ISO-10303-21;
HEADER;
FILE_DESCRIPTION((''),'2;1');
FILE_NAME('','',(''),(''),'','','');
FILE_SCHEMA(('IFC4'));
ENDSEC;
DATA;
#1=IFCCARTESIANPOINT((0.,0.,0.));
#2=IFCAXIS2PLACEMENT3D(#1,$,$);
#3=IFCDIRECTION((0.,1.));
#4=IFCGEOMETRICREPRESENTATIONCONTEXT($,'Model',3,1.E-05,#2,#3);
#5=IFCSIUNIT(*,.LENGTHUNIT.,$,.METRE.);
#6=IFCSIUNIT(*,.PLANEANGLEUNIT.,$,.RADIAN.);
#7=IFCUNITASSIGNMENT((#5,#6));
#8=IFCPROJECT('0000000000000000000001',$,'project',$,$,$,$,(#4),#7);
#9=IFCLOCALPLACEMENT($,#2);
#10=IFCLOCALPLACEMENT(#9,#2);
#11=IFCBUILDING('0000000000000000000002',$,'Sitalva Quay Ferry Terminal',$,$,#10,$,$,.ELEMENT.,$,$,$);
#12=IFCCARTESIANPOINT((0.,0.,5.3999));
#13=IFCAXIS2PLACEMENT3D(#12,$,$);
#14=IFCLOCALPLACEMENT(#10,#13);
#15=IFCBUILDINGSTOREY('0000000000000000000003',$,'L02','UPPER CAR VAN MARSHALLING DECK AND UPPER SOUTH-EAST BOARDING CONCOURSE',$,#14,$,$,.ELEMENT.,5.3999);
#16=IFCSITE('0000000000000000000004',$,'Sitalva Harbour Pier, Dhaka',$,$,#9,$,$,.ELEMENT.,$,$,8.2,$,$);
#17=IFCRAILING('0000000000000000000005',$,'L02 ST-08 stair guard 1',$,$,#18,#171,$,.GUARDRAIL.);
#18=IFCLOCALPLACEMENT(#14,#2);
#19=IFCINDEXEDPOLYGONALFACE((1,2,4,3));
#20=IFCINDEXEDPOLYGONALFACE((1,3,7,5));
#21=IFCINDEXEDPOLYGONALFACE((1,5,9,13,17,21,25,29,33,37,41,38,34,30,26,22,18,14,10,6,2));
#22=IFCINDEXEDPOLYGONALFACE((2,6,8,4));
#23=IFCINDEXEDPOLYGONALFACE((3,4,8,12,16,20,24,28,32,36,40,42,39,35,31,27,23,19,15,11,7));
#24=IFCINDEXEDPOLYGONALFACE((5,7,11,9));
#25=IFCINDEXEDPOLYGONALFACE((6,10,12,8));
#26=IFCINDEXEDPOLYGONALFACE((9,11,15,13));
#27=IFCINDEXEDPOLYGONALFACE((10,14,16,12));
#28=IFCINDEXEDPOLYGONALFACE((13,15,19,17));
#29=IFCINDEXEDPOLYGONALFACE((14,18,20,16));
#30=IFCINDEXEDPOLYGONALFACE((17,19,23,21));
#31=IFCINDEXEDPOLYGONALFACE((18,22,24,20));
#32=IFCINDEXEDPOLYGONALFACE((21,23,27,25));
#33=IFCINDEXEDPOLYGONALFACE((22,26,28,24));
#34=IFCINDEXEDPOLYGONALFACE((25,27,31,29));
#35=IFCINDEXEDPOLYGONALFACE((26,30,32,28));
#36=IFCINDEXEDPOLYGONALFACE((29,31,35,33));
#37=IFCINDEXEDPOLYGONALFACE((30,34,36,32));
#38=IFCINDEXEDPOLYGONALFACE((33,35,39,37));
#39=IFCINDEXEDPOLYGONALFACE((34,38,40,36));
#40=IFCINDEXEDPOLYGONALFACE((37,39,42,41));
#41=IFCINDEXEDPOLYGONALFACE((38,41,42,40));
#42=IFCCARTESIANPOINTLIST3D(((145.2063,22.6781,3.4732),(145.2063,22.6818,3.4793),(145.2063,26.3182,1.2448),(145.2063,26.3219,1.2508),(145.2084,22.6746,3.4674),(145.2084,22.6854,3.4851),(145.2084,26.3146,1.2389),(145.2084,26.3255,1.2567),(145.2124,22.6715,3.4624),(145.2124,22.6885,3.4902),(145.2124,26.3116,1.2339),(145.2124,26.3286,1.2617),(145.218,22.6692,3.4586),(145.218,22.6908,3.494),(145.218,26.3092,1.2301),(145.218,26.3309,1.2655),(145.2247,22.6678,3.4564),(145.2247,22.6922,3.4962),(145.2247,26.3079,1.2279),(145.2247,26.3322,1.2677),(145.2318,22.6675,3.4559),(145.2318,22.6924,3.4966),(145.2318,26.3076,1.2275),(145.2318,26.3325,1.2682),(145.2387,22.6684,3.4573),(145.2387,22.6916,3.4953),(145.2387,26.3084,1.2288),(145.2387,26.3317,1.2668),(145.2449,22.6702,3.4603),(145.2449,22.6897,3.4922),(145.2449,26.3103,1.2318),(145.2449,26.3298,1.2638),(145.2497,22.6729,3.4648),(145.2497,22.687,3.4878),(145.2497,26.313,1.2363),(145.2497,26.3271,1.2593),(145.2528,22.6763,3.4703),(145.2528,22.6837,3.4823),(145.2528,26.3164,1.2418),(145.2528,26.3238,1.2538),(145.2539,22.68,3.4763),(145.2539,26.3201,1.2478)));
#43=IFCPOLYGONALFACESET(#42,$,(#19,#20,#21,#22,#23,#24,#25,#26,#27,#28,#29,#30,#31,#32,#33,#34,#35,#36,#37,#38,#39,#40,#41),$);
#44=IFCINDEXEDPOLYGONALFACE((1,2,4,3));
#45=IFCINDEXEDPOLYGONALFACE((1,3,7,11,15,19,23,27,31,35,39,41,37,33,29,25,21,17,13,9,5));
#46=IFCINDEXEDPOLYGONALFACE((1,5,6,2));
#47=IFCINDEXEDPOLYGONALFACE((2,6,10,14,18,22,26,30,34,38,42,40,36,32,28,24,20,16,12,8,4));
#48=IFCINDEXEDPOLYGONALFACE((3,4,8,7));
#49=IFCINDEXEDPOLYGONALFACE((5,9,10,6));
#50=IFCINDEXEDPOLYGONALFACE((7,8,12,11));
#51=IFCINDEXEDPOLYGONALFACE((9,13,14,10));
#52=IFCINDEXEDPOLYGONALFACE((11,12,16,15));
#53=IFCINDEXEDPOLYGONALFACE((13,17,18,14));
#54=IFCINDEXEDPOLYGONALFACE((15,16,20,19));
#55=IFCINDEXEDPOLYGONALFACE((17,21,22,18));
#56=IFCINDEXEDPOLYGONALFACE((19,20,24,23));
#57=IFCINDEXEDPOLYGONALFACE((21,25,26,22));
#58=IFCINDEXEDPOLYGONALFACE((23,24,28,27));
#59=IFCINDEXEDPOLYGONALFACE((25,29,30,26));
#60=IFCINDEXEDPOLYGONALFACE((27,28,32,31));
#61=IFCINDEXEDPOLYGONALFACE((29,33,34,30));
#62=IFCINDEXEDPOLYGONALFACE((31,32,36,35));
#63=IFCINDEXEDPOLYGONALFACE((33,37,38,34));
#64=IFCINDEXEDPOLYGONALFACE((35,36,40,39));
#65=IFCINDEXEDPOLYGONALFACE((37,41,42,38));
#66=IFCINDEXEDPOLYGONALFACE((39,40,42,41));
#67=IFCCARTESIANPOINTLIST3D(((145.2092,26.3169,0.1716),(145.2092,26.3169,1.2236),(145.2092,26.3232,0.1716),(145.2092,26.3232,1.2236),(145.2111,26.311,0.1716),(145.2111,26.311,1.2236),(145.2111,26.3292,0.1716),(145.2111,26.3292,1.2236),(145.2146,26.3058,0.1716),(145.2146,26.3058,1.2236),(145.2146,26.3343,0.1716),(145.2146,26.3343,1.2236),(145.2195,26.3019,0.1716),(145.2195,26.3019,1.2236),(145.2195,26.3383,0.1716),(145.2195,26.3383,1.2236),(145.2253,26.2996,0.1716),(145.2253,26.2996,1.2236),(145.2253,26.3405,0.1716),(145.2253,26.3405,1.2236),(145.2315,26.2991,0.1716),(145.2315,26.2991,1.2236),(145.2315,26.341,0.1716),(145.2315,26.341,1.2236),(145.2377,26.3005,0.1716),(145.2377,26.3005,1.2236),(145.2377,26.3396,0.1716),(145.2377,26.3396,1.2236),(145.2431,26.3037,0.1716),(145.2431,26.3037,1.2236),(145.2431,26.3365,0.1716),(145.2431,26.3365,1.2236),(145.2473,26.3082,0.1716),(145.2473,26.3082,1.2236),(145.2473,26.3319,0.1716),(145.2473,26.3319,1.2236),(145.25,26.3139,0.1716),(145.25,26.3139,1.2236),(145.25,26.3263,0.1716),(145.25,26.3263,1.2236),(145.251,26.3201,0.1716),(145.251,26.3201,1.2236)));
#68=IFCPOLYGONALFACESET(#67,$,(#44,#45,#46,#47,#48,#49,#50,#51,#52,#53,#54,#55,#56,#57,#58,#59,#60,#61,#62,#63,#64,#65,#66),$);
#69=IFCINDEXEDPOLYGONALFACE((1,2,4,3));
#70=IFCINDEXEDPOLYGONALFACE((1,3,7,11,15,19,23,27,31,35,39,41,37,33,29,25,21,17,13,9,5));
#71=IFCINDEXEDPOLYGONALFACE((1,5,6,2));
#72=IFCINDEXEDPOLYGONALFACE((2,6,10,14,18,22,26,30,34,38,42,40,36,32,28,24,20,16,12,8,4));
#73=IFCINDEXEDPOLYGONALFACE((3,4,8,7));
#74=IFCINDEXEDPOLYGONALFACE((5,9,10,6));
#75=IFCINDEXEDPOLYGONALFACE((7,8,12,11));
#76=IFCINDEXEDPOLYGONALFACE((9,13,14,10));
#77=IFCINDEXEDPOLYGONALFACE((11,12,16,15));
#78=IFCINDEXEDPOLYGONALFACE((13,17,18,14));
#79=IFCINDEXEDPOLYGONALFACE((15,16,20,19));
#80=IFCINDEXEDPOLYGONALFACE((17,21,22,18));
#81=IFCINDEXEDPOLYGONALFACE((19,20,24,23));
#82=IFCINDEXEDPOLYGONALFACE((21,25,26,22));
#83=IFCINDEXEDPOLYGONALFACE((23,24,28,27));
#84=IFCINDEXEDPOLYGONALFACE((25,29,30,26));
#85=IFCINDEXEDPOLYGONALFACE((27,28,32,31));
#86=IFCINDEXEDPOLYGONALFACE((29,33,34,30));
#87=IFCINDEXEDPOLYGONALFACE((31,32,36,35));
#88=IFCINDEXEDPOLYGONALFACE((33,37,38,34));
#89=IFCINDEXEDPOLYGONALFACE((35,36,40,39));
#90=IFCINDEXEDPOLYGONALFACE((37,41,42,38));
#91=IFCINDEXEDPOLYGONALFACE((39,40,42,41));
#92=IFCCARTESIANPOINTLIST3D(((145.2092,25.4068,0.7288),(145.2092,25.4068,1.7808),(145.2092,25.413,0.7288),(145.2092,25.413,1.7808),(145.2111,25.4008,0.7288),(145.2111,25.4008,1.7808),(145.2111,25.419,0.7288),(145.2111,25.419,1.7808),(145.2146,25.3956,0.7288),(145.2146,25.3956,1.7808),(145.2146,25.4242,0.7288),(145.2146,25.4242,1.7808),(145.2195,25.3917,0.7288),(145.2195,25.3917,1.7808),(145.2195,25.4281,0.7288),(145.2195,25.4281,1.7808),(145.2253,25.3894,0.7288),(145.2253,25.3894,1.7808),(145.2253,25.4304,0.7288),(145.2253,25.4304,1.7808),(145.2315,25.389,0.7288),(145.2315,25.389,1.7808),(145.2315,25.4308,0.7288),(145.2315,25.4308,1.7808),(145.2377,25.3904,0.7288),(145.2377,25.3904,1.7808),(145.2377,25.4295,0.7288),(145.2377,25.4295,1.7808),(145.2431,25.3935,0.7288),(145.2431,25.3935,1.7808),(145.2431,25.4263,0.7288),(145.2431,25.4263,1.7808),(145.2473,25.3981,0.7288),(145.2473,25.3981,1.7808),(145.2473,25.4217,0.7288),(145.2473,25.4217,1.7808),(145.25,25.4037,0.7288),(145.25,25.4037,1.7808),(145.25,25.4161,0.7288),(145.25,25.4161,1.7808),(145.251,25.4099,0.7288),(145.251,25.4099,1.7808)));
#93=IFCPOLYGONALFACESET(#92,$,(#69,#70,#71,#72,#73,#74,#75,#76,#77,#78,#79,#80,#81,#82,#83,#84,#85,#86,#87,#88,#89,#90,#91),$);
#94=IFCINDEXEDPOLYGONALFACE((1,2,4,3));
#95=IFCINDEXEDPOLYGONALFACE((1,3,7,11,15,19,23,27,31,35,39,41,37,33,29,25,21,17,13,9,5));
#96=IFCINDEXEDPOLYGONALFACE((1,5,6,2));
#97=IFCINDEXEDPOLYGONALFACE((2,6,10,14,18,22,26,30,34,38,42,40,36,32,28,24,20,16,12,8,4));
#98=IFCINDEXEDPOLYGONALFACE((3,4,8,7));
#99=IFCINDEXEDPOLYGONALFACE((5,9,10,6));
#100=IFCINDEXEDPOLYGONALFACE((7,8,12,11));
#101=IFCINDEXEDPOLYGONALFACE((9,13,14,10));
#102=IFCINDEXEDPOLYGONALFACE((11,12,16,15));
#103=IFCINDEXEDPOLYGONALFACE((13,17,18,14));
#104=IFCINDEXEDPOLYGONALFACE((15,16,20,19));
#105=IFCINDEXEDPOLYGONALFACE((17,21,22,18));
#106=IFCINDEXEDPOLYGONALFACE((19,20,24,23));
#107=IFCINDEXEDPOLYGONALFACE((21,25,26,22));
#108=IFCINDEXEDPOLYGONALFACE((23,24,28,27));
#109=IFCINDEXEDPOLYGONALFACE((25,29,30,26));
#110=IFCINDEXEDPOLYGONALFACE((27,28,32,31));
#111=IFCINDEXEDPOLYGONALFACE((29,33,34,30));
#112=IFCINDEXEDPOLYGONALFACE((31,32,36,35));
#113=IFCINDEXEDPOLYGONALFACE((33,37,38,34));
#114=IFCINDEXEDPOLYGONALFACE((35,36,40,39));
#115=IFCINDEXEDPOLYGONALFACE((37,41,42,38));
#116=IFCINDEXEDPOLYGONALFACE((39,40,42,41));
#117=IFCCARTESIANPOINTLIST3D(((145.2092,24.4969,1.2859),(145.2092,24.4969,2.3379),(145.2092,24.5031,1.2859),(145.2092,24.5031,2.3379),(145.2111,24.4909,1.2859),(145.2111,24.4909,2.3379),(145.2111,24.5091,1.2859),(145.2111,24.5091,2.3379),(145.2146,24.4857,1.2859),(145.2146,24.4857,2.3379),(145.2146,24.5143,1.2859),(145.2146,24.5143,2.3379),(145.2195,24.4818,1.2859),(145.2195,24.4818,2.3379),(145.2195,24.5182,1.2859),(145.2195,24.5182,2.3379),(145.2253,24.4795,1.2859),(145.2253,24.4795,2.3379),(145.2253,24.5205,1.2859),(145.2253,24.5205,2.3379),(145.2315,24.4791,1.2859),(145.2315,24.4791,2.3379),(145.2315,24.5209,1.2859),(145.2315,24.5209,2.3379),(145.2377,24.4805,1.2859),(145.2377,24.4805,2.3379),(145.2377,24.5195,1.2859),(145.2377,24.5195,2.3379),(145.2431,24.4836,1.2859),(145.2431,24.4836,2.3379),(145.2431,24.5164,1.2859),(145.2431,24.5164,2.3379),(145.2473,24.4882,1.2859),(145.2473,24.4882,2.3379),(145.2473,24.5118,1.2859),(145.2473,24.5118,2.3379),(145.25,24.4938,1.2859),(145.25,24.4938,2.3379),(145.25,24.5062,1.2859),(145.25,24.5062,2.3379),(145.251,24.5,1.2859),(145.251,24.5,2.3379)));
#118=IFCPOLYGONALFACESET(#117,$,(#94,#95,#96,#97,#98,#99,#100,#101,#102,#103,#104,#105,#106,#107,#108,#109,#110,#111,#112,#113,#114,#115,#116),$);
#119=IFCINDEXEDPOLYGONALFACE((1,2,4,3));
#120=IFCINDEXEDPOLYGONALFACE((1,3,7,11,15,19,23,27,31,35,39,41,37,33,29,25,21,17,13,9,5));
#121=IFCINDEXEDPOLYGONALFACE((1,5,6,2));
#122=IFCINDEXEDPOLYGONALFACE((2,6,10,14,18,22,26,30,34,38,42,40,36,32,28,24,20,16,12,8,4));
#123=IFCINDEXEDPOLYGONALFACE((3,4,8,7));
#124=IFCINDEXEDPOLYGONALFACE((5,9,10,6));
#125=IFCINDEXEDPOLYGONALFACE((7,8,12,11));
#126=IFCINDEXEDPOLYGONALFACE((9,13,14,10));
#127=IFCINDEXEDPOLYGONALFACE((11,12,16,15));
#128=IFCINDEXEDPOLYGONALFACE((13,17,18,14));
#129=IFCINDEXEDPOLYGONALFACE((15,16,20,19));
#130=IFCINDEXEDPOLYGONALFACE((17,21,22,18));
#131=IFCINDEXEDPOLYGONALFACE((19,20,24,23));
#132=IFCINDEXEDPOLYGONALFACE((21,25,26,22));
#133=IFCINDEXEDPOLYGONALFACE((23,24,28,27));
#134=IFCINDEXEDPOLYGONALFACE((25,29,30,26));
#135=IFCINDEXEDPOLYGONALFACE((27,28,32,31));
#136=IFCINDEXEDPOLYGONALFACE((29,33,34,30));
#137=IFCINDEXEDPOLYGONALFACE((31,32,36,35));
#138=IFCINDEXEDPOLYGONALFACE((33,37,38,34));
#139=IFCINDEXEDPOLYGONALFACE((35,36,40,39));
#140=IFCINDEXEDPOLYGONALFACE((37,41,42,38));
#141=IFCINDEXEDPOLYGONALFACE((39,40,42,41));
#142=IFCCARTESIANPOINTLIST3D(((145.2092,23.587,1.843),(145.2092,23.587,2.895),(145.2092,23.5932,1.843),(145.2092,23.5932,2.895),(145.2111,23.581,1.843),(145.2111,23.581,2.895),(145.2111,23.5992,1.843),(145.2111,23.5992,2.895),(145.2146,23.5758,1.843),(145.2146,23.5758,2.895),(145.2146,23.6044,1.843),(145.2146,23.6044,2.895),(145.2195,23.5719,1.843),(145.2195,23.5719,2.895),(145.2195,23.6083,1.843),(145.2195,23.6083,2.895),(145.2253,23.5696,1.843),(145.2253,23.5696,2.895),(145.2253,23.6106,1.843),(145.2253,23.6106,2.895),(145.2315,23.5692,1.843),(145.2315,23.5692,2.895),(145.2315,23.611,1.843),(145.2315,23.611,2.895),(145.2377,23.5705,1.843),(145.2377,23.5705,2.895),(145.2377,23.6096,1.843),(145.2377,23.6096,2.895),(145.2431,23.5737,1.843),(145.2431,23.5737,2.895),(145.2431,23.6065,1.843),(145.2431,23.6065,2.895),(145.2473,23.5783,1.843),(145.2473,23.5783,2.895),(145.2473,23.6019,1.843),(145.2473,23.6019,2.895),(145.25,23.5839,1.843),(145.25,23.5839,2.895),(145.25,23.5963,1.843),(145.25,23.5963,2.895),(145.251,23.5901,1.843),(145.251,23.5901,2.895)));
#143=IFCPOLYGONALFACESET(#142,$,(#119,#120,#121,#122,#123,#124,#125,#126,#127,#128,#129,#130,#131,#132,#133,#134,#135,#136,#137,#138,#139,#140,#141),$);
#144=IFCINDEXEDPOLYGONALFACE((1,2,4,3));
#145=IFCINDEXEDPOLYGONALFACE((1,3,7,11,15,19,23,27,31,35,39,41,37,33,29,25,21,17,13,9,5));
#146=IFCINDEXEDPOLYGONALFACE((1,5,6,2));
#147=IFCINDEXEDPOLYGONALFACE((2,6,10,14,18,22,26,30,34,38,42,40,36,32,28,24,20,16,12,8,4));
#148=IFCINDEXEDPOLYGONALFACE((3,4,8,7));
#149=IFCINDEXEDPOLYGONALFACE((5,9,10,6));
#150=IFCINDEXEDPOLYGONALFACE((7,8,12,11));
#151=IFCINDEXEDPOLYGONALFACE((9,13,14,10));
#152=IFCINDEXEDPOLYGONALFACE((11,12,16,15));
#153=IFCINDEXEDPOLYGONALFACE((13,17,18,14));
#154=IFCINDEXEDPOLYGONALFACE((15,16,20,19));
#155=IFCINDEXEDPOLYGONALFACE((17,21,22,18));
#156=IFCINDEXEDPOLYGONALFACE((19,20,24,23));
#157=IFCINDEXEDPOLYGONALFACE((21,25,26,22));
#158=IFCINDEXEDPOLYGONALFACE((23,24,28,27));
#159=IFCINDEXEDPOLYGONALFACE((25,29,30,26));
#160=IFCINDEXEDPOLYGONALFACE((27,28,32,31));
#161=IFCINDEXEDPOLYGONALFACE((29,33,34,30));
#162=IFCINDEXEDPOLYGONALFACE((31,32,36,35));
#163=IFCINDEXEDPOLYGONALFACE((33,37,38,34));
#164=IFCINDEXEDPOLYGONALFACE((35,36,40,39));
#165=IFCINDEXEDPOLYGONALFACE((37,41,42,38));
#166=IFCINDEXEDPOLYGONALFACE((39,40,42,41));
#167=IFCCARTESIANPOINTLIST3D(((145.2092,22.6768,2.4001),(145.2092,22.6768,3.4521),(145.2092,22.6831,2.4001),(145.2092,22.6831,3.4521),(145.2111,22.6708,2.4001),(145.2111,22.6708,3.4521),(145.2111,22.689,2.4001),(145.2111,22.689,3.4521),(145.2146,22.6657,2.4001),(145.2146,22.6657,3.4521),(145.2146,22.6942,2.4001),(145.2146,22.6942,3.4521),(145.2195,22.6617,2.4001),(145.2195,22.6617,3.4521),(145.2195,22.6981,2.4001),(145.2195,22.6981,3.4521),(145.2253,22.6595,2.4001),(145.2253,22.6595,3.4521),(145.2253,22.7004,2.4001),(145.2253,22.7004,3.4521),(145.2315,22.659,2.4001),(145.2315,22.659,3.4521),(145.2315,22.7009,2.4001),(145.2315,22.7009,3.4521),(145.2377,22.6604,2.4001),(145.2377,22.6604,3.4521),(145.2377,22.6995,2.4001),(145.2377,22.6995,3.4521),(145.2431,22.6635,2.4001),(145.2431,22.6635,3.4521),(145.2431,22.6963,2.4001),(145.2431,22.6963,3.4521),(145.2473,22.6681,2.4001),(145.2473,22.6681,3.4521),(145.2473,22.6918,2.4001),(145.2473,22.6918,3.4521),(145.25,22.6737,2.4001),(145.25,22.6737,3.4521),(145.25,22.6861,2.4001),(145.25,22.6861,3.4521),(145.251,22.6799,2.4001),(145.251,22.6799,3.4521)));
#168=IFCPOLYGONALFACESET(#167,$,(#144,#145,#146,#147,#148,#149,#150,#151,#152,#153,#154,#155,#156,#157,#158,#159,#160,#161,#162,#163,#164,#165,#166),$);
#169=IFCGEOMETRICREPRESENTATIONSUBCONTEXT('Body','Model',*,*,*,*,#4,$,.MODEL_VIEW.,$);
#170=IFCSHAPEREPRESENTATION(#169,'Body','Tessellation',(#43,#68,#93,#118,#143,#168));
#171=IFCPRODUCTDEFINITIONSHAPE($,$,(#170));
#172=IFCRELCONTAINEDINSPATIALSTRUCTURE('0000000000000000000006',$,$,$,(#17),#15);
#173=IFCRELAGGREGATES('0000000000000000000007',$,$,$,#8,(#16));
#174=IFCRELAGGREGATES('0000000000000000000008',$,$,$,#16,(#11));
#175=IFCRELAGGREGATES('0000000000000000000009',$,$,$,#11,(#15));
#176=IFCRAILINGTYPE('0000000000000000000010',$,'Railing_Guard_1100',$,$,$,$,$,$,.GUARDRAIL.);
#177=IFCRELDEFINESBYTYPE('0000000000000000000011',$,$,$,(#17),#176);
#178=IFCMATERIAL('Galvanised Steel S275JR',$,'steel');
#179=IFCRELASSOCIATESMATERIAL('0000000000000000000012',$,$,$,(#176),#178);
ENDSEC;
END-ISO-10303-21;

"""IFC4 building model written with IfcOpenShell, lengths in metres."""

from ifc_helpers import new_model, si_unit, direction, frame, origin, origin_2d, place, context, subcontext, project, spatial, circle, extrude, material, type_object, element, save


model = new_model("IFC4")

# Units and contexts
model_context = context("Model", 3, precision=1e-05, world=origin(), true_north=direction((0.0, 1.0)))
body_context = subcontext(model_context, "Body", "Model", "MODEL_VIEW")
ifc_project = project(units=[si_unit("LENGTHUNIT", "METRE"), si_unit("PLANEANGLEUNIT", "RADIAN")], contexts=[model_context])

# Site, building, storey
site_placement = place(None, origin())
site = spatial("IfcSite", under=ifc_project, at=site_placement, Name="Sitalva Harbour Pier, Dhaka", CompositionType="ELEMENT", RefElevation=8.2)
building_placement = place(site_placement, origin())
building = spatial("IfcBuilding", under=site, at=building_placement, Name="Sitalva Quay Ferry Terminal", CompositionType="ELEMENT")
storey_placement = place(building_placement, frame((0.0, 0.0, 5.3999)))
storey = spatial("IfcBuildingStorey", under=building, at=storey_placement, Name="L02", Description="UPPER CAR VAN MARSHALLING DECK AND UPPER SOUTH-EAST BOARDING CONCOURSE", CompositionType="ELEMENT", Elevation=5.3999)

# Railing
ifc_material_1 = material(Name="Galvanised Steel S275JR", Category="steel")
railing_type_1 = type_object("IfcRailingType", Name="Railing_Guard_1100", PredefinedType="GUARDRAIL", material=ifc_material_1)
railing_1_placement = place(storey_placement, frame((145.23, 26.3201, 0.1716)))
element("IfcRailing", 1, at=railing_1_placement, inside=storey, type_object=railing_type_1, Name="L02 ST-08 stair guard 1", PredefinedType="GUARDRAIL", context=body_context, shape_type="SweptSolid", body=[
    extrude(circle(Radius=0.0239, at=origin_2d()), frame((0.0, 0.0, 1.0762), z_axis=(0.0, -0.852866, 0.52213), x_axis=(1.0, 0.0, 0.0)), (0.0, 0.0, 1.0), 4.2681),
    extrude(circle(Radius=0.021, at=origin_2d()), origin(), (0.0, 0.0, 1.0), 1.052),
    extrude(circle(Radius=0.021, at=origin_2d()), frame((0.0, -0.9102, 0.5571)), (0.0, 0.0, 1.0), 1.052),
    extrude(circle(Radius=0.021, at=origin_2d()), frame((0.0, -1.8201, 1.1143)), (0.0, 0.0, 1.0), 1.052),
    extrude(circle(Radius=0.021, at=origin_2d()), frame((0.0, -2.73, 1.6714)), (0.0, 0.0, 1.0), 1.052),
    extrude(circle(Radius=0.021, at=origin_2d()), frame((0.0, -3.6401, 2.2285)), (0.0, 0.0, 1.0), 1.052),
])

save(model, "model.ifc")
